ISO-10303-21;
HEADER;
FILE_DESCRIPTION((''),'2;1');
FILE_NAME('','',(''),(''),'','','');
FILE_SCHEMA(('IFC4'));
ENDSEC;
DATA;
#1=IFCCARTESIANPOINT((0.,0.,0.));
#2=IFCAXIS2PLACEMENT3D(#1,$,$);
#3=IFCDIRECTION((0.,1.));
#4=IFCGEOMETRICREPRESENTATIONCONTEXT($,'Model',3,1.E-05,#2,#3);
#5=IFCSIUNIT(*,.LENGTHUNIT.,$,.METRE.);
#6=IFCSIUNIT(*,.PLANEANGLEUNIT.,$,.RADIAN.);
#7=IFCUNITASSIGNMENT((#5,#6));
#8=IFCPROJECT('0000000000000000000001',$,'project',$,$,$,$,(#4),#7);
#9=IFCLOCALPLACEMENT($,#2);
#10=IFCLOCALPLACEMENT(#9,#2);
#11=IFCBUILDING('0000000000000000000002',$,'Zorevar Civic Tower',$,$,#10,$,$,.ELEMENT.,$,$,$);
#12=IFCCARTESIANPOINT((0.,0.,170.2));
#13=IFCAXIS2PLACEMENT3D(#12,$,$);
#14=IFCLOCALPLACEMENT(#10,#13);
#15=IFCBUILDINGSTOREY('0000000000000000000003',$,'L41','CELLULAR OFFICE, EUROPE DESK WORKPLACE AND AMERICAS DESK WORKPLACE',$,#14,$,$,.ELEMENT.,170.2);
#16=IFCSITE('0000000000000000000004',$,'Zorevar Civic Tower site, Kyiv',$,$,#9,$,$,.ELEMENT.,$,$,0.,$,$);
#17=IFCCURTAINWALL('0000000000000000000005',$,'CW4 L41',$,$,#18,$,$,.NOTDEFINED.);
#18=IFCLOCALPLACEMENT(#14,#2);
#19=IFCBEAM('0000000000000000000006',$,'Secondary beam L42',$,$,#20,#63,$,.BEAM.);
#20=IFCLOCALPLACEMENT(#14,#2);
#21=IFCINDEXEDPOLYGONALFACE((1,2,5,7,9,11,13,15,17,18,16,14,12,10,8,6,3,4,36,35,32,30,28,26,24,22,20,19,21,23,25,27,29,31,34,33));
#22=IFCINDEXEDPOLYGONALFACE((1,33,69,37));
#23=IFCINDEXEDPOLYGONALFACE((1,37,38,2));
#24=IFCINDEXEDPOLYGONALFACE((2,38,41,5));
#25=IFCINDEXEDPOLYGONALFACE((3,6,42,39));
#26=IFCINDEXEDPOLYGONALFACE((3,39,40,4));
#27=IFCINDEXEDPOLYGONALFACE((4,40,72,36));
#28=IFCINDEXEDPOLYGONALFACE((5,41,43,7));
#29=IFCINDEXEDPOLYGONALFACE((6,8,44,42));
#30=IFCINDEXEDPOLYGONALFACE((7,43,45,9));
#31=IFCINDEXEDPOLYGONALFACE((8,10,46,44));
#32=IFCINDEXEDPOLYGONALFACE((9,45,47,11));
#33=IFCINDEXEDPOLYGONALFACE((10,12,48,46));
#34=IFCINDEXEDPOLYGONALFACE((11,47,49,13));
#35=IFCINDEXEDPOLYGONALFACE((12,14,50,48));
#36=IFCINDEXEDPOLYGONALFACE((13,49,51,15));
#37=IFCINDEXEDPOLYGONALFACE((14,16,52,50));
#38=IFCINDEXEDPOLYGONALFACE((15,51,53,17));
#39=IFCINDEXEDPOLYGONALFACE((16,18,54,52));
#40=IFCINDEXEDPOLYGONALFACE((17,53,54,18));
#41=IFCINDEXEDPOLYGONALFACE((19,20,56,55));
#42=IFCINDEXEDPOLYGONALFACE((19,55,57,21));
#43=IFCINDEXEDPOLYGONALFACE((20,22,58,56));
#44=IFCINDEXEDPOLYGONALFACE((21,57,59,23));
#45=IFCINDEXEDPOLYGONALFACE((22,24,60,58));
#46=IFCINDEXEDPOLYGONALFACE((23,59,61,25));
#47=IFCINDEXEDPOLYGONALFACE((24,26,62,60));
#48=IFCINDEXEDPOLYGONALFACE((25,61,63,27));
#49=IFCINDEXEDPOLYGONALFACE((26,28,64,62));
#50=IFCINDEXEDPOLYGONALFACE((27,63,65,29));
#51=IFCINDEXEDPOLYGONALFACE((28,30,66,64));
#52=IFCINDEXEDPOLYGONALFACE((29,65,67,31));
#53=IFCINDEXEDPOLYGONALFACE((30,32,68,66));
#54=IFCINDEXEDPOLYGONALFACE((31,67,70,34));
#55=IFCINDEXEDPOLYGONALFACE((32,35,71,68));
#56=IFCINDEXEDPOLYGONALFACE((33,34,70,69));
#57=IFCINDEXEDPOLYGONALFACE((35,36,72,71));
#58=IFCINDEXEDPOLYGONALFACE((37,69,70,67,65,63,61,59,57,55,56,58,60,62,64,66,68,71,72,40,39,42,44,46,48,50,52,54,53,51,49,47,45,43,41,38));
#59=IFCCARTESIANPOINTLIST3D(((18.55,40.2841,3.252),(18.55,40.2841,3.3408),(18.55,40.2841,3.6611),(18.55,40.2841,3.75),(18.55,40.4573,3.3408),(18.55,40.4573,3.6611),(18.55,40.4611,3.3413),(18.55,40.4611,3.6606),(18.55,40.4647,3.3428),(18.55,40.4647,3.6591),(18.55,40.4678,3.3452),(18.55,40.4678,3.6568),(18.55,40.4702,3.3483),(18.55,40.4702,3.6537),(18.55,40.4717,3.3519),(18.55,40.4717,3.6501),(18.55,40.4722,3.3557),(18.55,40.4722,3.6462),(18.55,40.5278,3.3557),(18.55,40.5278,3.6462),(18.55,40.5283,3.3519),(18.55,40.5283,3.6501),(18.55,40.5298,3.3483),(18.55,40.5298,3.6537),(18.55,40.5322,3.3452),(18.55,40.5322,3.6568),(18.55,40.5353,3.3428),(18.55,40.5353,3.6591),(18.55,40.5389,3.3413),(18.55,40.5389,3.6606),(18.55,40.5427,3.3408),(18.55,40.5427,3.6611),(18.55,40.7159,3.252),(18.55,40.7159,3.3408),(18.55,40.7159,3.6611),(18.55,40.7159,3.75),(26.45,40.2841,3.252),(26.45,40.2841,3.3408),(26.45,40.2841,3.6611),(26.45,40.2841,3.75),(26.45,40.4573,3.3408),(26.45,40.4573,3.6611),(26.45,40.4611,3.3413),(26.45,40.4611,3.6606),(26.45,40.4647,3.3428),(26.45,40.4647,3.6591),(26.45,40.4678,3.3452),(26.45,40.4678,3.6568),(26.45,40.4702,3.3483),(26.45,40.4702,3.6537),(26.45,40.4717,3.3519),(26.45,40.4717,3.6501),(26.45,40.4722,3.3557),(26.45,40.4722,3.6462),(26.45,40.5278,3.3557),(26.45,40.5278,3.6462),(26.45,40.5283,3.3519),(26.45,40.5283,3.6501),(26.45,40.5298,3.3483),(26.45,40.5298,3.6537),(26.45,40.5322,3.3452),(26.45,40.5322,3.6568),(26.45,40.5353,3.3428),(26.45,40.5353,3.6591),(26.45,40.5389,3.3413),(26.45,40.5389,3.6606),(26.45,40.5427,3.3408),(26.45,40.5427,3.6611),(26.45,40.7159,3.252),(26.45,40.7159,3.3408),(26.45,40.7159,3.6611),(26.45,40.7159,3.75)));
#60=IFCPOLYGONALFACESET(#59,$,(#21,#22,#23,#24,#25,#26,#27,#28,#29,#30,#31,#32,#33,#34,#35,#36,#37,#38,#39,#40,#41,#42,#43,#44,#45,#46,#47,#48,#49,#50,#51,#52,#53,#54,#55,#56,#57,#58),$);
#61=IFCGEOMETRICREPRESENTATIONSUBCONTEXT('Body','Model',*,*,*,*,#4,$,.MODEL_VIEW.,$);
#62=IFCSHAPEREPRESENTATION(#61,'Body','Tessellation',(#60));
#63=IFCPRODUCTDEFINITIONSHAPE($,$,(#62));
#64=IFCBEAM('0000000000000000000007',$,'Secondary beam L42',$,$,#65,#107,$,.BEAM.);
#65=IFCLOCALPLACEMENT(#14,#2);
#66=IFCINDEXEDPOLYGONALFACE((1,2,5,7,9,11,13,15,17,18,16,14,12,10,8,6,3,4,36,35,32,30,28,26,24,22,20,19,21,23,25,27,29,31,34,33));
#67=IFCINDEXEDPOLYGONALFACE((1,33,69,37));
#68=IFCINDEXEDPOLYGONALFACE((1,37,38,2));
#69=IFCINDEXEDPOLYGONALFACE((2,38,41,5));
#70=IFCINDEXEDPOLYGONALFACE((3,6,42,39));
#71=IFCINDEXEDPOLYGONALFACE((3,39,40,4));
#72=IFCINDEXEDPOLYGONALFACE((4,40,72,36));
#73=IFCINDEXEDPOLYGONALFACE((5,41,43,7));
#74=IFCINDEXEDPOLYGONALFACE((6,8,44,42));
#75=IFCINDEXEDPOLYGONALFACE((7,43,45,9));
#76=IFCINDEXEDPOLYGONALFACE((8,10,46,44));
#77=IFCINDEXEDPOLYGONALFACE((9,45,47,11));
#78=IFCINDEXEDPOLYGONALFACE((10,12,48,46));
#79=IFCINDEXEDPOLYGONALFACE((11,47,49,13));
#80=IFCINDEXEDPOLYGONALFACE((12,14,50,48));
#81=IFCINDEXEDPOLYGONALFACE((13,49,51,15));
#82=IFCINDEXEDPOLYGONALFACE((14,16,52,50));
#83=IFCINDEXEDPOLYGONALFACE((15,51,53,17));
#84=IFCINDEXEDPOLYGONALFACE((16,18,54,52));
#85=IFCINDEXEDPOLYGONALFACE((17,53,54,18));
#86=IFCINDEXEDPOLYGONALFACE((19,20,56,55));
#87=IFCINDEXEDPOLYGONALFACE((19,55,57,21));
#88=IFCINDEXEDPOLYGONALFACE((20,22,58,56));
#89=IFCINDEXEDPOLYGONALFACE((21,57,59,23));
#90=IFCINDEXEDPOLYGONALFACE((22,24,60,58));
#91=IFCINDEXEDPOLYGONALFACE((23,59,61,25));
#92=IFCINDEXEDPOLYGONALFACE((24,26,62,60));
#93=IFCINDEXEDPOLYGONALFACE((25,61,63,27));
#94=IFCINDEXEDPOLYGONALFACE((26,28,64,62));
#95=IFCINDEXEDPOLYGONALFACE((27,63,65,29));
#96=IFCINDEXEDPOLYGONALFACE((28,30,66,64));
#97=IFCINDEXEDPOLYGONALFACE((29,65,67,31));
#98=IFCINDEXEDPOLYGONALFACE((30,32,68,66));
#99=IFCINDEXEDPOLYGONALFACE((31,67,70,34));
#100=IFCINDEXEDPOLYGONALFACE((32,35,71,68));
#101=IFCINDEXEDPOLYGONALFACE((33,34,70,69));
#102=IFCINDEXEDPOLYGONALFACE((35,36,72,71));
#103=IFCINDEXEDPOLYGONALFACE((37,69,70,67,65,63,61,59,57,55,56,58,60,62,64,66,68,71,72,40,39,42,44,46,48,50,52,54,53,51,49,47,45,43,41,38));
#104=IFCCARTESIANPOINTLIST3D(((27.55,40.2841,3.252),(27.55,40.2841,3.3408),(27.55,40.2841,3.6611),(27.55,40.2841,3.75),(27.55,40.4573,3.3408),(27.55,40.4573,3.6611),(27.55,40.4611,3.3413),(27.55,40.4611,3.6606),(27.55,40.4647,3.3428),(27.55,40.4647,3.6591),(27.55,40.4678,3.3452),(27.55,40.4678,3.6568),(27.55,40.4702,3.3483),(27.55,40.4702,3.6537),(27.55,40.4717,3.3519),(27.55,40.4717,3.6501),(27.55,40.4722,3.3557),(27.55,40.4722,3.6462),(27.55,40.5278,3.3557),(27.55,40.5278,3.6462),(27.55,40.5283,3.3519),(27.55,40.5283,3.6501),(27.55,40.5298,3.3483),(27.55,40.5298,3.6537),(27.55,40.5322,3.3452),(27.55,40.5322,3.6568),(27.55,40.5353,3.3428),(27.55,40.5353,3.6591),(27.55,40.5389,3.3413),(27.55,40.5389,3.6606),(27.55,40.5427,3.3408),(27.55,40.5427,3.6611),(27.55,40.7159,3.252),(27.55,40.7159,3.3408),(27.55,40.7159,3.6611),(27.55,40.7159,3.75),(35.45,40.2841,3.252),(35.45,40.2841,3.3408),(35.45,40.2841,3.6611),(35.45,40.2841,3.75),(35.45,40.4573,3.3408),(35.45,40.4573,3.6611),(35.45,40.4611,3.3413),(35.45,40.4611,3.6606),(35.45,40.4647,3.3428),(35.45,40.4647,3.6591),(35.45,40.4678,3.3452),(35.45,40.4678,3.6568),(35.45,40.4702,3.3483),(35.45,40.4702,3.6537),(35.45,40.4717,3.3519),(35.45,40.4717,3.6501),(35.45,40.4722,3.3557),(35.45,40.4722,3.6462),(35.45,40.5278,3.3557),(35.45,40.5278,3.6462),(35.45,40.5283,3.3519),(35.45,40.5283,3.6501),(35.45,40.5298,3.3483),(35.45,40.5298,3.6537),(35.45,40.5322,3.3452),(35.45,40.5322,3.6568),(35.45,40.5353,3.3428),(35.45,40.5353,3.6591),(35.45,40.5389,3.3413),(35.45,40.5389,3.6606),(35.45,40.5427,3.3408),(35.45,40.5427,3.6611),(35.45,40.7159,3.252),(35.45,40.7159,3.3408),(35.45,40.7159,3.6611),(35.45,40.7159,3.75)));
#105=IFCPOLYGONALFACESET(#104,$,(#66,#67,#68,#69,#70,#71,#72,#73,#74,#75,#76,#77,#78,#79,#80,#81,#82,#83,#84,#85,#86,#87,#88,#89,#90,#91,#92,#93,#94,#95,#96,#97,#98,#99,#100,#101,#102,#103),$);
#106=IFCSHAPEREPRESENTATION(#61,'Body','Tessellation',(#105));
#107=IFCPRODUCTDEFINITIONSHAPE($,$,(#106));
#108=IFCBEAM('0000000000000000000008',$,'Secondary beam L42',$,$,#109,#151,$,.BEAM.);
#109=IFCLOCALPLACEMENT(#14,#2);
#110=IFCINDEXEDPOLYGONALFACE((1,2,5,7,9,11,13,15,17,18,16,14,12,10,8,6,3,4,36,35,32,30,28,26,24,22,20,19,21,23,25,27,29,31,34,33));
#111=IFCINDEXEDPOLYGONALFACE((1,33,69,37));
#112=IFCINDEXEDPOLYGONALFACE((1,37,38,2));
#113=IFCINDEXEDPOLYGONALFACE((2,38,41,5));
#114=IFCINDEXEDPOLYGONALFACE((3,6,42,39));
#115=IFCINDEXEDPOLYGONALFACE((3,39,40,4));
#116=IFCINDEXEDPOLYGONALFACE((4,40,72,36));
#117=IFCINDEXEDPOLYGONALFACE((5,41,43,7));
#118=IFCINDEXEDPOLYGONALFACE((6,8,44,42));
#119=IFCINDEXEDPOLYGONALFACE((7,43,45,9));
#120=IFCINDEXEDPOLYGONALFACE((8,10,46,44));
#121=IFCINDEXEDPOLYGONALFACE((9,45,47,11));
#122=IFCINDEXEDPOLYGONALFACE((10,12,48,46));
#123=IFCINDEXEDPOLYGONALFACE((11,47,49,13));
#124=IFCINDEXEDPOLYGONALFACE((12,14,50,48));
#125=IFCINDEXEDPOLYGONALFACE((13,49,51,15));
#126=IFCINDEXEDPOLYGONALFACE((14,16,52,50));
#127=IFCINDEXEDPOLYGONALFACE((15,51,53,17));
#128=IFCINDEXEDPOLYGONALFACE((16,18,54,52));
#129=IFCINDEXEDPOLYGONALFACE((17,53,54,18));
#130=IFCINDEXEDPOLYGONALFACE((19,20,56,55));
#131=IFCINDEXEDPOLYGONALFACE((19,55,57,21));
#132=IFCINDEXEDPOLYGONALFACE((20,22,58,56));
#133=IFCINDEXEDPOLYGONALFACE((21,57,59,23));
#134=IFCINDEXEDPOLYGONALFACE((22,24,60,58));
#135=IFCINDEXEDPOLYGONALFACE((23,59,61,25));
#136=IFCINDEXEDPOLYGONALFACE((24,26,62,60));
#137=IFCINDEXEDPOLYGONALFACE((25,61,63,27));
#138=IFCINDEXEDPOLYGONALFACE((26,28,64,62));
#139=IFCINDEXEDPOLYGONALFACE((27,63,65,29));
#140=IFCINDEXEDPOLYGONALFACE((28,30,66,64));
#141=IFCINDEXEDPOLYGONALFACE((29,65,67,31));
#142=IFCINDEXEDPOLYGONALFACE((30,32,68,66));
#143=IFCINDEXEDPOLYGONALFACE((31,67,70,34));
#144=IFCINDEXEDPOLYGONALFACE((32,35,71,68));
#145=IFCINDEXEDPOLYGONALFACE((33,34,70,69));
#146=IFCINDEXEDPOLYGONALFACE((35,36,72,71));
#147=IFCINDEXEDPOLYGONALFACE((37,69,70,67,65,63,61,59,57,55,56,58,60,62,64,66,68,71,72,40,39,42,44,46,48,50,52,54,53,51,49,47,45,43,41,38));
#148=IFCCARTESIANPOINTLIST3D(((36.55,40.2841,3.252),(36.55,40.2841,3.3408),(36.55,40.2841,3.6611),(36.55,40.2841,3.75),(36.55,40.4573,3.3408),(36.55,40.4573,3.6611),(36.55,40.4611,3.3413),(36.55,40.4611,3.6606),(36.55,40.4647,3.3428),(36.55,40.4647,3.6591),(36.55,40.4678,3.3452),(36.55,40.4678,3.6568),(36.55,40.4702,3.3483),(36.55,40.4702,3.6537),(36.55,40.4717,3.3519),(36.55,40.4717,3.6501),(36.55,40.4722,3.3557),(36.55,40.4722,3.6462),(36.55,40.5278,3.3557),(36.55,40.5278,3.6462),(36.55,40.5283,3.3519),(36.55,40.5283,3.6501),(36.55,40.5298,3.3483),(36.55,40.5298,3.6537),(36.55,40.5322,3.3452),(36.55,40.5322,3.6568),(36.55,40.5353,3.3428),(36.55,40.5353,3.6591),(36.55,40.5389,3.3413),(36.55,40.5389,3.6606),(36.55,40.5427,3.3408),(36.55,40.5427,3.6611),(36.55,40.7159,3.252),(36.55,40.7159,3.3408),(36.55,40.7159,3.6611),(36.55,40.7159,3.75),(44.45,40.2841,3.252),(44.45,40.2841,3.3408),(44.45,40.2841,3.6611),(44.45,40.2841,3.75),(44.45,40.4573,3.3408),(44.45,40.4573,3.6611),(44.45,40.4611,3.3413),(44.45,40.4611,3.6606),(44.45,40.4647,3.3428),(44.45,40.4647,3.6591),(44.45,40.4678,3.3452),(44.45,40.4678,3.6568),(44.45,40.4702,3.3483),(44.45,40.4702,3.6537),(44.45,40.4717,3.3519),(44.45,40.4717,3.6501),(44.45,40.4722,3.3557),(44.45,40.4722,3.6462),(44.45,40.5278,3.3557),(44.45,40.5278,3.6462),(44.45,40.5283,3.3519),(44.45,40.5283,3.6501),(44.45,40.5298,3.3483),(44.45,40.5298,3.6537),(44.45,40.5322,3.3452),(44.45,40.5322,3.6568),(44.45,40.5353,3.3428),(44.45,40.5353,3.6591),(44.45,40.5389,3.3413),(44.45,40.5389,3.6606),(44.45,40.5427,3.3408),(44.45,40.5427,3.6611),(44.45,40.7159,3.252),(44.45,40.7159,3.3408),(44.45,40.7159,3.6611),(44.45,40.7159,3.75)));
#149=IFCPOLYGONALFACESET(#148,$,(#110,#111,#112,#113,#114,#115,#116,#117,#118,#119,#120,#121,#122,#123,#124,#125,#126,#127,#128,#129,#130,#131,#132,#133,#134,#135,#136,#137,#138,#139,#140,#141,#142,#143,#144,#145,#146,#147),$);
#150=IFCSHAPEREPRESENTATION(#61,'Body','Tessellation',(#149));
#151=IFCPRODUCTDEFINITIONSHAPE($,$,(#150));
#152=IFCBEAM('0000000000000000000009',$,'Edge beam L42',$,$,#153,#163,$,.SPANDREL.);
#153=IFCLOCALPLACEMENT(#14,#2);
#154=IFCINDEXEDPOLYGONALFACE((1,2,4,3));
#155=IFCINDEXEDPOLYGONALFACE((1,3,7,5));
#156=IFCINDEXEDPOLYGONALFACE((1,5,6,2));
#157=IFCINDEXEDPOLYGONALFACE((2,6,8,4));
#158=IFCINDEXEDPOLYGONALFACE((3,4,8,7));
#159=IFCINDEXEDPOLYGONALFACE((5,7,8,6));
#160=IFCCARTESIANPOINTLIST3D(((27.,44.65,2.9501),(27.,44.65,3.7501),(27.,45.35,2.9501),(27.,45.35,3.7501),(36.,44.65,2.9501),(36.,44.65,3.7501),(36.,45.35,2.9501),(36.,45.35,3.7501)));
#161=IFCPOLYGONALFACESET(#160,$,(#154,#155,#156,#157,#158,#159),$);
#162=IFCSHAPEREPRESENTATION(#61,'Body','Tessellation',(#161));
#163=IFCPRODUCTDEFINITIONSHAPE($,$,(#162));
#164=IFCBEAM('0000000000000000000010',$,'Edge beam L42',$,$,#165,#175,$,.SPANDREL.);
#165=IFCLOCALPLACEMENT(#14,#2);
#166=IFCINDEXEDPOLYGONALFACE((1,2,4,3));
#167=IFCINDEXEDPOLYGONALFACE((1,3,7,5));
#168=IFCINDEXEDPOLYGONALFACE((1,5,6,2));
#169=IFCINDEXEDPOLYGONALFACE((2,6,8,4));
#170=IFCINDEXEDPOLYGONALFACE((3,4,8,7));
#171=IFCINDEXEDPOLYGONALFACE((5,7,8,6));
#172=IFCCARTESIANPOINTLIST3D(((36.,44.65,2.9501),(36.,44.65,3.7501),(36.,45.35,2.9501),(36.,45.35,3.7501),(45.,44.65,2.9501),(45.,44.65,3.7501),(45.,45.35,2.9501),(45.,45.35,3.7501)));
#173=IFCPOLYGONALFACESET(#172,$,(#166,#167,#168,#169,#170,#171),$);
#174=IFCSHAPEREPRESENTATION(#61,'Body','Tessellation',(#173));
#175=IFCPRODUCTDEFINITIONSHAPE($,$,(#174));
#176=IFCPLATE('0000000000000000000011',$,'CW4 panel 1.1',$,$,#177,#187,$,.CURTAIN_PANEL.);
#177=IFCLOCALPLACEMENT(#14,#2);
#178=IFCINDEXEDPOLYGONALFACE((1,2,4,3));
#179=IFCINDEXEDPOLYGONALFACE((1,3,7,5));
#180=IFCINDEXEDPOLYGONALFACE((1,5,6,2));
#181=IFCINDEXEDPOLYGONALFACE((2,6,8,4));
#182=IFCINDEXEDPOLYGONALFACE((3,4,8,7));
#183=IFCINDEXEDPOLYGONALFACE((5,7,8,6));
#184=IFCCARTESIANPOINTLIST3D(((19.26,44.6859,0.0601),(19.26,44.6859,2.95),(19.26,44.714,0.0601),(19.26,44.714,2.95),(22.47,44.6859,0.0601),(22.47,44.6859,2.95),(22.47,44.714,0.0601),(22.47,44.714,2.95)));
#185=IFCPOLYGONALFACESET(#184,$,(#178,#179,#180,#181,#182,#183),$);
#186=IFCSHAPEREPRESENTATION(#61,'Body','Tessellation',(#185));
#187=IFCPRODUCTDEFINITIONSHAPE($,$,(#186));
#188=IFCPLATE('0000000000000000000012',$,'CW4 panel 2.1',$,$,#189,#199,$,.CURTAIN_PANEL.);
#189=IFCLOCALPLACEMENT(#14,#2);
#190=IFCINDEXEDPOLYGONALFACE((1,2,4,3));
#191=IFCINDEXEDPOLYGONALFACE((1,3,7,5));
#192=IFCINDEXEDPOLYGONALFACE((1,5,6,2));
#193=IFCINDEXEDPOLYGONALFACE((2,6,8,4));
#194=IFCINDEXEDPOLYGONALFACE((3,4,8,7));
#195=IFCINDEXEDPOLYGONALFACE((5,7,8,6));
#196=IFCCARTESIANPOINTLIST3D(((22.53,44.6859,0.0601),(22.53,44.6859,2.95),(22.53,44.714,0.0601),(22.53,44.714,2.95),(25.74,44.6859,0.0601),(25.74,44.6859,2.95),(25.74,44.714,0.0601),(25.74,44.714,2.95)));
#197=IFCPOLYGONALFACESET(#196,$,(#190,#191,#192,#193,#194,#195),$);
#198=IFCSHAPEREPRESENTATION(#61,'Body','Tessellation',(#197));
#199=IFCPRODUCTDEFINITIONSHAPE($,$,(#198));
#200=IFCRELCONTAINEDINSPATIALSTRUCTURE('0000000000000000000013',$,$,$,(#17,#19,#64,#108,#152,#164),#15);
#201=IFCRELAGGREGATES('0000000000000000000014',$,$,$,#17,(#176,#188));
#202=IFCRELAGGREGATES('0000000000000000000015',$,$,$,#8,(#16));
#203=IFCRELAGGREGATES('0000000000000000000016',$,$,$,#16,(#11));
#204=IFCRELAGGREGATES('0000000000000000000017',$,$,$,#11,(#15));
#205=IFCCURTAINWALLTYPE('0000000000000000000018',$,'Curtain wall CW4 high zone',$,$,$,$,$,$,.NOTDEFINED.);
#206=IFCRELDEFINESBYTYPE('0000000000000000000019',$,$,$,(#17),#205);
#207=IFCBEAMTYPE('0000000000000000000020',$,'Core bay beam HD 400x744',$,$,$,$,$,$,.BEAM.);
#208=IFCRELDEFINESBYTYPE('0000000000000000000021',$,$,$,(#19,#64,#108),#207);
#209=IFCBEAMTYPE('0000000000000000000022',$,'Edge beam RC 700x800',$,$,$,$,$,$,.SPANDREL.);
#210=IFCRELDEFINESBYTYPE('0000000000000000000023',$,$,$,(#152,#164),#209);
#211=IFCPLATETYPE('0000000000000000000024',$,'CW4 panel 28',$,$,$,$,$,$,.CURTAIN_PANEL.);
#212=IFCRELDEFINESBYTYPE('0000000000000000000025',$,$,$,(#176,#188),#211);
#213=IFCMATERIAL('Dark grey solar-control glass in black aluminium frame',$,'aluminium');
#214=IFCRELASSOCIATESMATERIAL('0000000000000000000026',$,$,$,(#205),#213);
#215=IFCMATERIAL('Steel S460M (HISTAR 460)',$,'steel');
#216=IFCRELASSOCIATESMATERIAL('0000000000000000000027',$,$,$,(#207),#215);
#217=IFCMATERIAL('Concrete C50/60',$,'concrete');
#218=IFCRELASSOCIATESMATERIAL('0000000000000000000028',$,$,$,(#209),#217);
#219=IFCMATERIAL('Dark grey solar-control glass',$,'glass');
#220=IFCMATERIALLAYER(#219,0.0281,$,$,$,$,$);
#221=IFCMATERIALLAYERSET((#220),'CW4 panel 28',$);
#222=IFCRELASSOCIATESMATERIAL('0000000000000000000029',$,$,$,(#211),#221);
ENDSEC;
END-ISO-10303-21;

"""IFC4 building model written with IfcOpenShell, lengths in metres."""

from ifc_helpers import new_model, si_unit, direction, frame, origin, origin_2d, place, context, subcontext, project, spatial, rectangle, i_section, extrude, material, layer, layer_set, material_profile, profile_set, type_object, element, aggregate, save


model = new_model("IFC4")

# Units and contexts
model_context = context("Model", 3, precision=1e-05, world=origin(), true_north=direction((0.0, 1.0)))
body_context = subcontext(model_context, "Body", "Model", "MODEL_VIEW")
ifc_project = project(units=[si_unit("LENGTHUNIT", "METRE"), si_unit("PLANEANGLEUNIT", "RADIAN")], contexts=[model_context])

# Site, building, storey
site_placement = place(None, origin())
site = spatial("IfcSite", under=ifc_project, at=site_placement, Name="Zorevar Civic Tower site, Kyiv", CompositionType="ELEMENT", RefElevation=0.0)
building_placement = place(site_placement, origin())
building = spatial("IfcBuilding", under=site, at=building_placement, Name="Zorevar Civic Tower", CompositionType="ELEMENT")
storey_placement = place(building_placement, frame((0.0, 0.0, 170.2)))
storey = spatial("IfcBuildingStorey", under=building, at=storey_placement, Name="L41", Description="CELLULAR OFFICE, EUROPE DESK WORKPLACE AND AMERICAS DESK WORKPLACE", CompositionType="ELEMENT", Elevation=170.2)

# Curtain wall
ifc_material_1 = material(Name="Dark grey solar-control glass in black aluminium frame", Category="aluminium")
curtain_wall_type = type_object("IfcCurtainWallType", Name="Curtain wall CW4 high zone", PredefinedType="NOTDEFINED", material=ifc_material_1)
curtain_wall_1_placement = place(storey_placement, origin())
curtain_wall_1 = element("IfcCurtainWall", 1, at=curtain_wall_1_placement, inside=storey, type_object=curtain_wall_type, Name="CW4 L41", PredefinedType="NOTDEFINED")

# Beams
ifc_material_2 = material(Name="Steel S460M (HISTAR 460)", Category="steel")
ifc_material_profile_1 = material_profile(ifc_material_2, i_section(OverallWidth=0.4319, OverallDepth=0.498, WebThickness=0.0557, FlangeThickness=0.0889, FilletRadius=0.0149, at=origin_2d()), Name="HD 400x744")
ifc_profile_set_1 = profile_set([ifc_material_profile_1], Name="Steel S460M (HISTAR 460)")
beam_type_1 = type_object("IfcBeamType", Name="Core bay beam HD 400x744", PredefinedType="BEAM", material=ifc_profile_set_1)
for number, where, z_axis, x_axis, name in (
    (2, (18.55, 40.5, 3.501), (1.0, 0.0, 0.0), (0.0, 1.0, 0.0), "Secondary beam L42"),
    (3, (27.55, 40.5, 3.501), (1.0, 0.0, 0.0), (0.0, 1.0, 0.0), "Secondary beam L42"),
    (4, (36.55, 40.5, 3.501), (1.0, 0.0, 0.0), (0.0, 1.0, 0.0), "Secondary beam L42"),
):
    element("IfcBeam", number, at=place(storey_placement, frame(where, z_axis=z_axis, x_axis=x_axis)), inside=storey, type_object=beam_type_1, Name=name, PredefinedType="BEAM", context=body_context, shape_type="SweptSolid", body=[
        extrude(i_section(OverallWidth=0.4319, OverallDepth=0.498, WebThickness=0.0557, FlangeThickness=0.0889, FilletRadius=0.0149, at=origin_2d()), origin(), (0.0, 0.0, 1.0), 7.8999),
    ])
ifc_material_3 = material(Name="Concrete C50/60", Category="concrete")
ifc_material_profile_2 = material_profile(ifc_material_3, rectangle(XDim=0.7, YDim=0.8, at=origin_2d()), Name="RC 700x800")
ifc_profile_set_2 = profile_set([ifc_material_profile_2], Name="Concrete C50/60")
beam_type_2 = type_object("IfcBeamType", Name="Edge beam RC 700x800", PredefinedType="SPANDREL", material=ifc_profile_set_2)
for number, where, z_axis, x_axis, name in (
    (5, (27.0, 45.0, 3.3501), (1.0, 0.0, 0.0), (0.0, 1.0, 0.0), "Edge beam L42"),
    (6, (36.0, 45.0, 3.3501), (1.0, 0.0, 0.0), (0.0, 1.0, 0.0), "Edge beam L42"),
):
    element("IfcBeam", number, at=place(storey_placement, frame(where, z_axis=z_axis, x_axis=x_axis)), inside=storey, type_object=beam_type_2, Name=name, PredefinedType="SPANDREL", context=body_context, shape_type="SweptSolid", body=[
        extrude(rectangle(XDim=0.7, YDim=0.8, at=origin_2d()), origin(), (0.0, 0.0, 1.0), 9.0),
    ])

# Plates
ifc_material_4 = material(Name="Dark grey solar-control glass", Category="glass")
ifc_layer_1 = layer(ifc_material_4, 0.0281)
ifc_layer_set_1 = layer_set([ifc_layer_1], Name="CW4 panel 28")
plate_type = type_object("IfcPlateType", Name="CW4 panel 28", PredefinedType="CURTAIN_PANEL", material=ifc_layer_set_1)
plate_1_placement = place(storey_placement, frame((20.865, 44.7, 0.0601), z_axis=(0.0, 0.0, 1.0), x_axis=(1.0, 0.0, 0.0)))
plate_1 = element("IfcPlate", 7, at=plate_1_placement, type_object=plate_type, Name="CW4 panel 1.1", PredefinedType="CURTAIN_PANEL", context=body_context, shape_type="SweptSolid", body=[
    extrude(rectangle(XDim=3.21, YDim=0.0281, at=origin_2d()), origin(), (0.0, 0.0, 1.0), 2.8899),
])
plate_2_placement = place(storey_placement, frame((24.135, 44.7, 0.0601), z_axis=(0.0, 0.0, 1.0), x_axis=(1.0, 0.0, 0.0)))
plate_2 = element("IfcPlate", 8, at=plate_2_placement, type_object=plate_type, Name="CW4 panel 2.1", PredefinedType="CURTAIN_PANEL", context=body_context, shape_type="SweptSolid", body=[
    extrude(rectangle(XDim=3.21, YDim=0.0281, at=origin_2d()), origin(), (0.0, 0.0, 1.0), 2.8899),
])
aggregate(curtain_wall_1, [plate_1, plate_2])

save(model, "model.ifc")
